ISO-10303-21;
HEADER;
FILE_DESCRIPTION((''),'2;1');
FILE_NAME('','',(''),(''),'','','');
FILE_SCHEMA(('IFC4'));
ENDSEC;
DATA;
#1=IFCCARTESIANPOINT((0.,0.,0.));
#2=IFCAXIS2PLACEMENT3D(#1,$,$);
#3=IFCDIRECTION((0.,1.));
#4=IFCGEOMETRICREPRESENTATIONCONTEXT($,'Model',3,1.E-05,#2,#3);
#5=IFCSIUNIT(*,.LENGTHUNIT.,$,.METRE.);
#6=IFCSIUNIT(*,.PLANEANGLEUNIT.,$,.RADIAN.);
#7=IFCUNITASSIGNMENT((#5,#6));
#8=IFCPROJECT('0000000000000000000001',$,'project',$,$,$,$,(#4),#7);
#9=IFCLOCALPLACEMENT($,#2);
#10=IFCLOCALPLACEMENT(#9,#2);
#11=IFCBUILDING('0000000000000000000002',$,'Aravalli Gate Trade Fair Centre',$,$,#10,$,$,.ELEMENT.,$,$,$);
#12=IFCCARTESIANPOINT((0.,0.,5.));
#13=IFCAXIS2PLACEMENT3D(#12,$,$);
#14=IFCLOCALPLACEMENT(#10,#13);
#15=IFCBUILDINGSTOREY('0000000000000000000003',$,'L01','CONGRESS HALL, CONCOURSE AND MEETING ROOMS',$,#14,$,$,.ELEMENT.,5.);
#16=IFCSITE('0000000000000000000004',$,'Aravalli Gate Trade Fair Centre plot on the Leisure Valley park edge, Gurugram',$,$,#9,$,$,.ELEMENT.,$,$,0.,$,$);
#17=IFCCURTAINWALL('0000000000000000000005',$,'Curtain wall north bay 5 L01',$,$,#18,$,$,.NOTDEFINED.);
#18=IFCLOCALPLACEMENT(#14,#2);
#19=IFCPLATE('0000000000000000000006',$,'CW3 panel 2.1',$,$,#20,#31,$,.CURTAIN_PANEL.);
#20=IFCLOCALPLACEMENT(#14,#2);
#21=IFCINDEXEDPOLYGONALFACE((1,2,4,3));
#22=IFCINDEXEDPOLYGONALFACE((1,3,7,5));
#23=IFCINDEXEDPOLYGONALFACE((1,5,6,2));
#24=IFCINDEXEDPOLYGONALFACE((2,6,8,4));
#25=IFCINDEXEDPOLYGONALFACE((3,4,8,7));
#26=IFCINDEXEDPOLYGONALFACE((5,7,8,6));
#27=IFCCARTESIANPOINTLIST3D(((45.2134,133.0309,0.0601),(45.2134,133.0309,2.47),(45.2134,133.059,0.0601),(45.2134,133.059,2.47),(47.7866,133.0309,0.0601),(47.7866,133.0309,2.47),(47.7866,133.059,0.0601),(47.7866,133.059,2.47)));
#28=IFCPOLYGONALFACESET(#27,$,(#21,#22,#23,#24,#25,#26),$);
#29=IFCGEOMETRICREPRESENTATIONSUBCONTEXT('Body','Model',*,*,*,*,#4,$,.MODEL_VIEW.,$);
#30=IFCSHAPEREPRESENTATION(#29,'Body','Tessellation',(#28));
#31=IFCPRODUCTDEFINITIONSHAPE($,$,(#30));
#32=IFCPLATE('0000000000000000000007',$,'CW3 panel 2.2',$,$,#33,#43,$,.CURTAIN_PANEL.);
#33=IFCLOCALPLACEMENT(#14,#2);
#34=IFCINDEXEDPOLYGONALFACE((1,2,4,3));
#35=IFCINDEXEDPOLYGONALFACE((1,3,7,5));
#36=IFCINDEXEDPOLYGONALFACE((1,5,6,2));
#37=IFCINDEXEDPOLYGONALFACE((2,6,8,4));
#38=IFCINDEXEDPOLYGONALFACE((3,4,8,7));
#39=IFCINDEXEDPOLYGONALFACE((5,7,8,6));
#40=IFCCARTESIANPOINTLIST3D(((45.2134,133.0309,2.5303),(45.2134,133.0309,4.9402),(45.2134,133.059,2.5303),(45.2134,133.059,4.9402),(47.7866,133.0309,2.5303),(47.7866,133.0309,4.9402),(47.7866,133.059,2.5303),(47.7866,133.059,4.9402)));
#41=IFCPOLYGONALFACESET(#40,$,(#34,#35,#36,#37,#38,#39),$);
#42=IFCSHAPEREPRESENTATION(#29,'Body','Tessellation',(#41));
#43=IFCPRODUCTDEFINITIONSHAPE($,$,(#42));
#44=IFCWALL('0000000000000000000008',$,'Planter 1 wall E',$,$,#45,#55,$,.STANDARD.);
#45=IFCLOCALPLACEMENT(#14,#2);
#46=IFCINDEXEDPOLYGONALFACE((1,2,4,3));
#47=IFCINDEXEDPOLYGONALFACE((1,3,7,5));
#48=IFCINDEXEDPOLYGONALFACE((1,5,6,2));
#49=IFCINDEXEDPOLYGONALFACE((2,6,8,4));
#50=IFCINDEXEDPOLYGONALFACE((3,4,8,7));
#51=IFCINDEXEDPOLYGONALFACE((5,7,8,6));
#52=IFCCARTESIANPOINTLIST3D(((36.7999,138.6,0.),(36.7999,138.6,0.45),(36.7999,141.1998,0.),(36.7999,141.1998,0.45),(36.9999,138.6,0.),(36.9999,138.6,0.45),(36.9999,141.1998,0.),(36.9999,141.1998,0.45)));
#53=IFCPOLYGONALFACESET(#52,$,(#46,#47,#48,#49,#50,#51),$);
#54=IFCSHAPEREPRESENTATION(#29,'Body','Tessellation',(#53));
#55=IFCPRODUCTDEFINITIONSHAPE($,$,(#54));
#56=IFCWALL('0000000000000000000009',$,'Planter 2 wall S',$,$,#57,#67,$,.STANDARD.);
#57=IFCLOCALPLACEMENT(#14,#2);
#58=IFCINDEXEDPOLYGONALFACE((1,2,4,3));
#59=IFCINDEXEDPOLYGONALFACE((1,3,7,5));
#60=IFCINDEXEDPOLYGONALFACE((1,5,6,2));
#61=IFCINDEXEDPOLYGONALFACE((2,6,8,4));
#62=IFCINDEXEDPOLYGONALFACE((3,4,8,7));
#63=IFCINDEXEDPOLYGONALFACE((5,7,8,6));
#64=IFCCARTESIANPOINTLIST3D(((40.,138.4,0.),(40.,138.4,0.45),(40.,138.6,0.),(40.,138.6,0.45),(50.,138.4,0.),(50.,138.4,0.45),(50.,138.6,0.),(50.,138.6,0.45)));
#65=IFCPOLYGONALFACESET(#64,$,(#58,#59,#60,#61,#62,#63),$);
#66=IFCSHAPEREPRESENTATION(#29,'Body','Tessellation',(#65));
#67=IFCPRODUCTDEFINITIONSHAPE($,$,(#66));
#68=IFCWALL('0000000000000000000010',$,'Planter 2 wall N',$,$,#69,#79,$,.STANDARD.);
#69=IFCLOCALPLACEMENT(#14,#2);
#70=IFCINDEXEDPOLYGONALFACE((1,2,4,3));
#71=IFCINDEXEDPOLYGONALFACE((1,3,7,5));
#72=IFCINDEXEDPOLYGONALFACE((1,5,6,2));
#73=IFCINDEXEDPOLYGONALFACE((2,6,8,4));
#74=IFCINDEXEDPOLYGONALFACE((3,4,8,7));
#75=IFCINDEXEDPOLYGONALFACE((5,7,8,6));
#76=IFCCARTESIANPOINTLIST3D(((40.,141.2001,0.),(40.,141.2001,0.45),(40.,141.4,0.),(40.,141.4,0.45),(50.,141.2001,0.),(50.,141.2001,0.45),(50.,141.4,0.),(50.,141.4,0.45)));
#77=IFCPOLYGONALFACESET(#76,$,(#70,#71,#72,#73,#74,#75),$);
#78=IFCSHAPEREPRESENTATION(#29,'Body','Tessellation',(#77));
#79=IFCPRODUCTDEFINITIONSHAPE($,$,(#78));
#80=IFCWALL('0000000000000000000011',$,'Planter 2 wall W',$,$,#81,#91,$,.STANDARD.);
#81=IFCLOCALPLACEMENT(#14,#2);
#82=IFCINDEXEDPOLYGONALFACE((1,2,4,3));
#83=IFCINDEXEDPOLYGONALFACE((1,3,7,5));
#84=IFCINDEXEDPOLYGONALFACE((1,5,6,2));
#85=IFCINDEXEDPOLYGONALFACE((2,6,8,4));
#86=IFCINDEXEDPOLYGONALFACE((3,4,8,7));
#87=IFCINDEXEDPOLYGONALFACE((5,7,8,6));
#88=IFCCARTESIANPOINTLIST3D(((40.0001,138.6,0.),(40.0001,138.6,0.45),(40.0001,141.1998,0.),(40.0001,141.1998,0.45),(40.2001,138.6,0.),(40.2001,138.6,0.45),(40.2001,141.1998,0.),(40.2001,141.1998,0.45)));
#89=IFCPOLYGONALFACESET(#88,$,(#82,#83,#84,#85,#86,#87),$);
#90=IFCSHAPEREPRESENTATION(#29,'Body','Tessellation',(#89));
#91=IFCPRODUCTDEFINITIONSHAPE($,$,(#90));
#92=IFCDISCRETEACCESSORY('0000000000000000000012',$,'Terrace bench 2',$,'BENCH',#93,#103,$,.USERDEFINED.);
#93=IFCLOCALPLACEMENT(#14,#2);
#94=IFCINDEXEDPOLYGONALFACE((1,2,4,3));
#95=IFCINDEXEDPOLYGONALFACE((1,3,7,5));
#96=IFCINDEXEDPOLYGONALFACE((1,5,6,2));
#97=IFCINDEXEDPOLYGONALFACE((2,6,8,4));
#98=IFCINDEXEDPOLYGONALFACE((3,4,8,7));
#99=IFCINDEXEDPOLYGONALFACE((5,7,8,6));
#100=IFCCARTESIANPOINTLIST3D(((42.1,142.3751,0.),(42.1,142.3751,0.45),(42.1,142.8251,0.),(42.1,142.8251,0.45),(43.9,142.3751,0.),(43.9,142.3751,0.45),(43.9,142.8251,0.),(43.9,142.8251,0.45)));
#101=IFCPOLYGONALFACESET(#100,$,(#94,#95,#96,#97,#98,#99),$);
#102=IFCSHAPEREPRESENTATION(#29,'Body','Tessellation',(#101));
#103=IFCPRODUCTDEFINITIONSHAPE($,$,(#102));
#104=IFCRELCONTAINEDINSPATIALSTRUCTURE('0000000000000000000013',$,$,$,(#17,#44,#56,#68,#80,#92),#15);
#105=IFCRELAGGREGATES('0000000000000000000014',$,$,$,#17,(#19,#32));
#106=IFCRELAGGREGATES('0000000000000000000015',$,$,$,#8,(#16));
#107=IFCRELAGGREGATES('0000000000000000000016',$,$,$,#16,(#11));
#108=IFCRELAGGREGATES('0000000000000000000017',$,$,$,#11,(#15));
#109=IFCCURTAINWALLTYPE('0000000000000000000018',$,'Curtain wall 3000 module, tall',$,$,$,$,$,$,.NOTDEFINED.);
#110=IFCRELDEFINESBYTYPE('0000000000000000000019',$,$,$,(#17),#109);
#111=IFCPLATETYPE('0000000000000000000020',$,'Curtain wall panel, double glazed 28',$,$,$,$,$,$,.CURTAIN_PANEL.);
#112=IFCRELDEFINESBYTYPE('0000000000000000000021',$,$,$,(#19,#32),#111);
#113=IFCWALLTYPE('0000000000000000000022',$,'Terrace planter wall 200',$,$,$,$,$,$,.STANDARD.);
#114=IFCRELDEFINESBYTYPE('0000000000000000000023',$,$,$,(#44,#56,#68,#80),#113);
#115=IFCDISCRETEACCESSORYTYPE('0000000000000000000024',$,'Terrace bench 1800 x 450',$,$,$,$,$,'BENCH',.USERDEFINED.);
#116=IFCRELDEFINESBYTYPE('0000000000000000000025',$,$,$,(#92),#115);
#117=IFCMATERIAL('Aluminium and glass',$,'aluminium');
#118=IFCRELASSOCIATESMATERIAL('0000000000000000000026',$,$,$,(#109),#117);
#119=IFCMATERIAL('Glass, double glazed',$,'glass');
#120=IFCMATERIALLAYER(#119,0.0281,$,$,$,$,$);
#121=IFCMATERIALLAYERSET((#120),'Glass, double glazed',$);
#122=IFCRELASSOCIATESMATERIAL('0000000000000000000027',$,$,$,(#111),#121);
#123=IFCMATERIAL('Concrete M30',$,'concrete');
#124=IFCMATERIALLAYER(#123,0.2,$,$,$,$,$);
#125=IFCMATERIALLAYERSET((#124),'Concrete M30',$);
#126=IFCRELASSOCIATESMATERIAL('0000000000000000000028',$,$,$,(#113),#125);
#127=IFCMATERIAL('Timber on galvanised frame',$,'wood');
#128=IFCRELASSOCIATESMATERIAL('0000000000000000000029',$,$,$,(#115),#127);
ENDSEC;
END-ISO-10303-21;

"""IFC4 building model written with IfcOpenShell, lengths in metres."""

from ifc_helpers import new_model, si_unit, direction, frame, frame_2d, origin, origin_2d, place, context, subcontext, project, spatial, rectangle, extrude, material, layer, layer_set, type_object, element, aggregate, save


model = new_model("IFC4")

# Units and contexts
model_context = context("Model", 3, precision=1e-05, world=origin(), true_north=direction((0.0, 1.0)))
body_context = subcontext(model_context, "Body", "Model", "MODEL_VIEW")
ifc_project = project(units=[si_unit("LENGTHUNIT", "METRE"), si_unit("PLANEANGLEUNIT", "RADIAN")], contexts=[model_context])

# Site, building, storey
site_placement = place(None, origin())
site = spatial("IfcSite", under=ifc_project, at=site_placement, Name="Aravalli Gate Trade Fair Centre plot on the Leisure Valley park edge, Gurugram", CompositionType="ELEMENT", RefElevation=0.0)
building_placement = place(site_placement, origin())
building = spatial("IfcBuilding", under=site, at=building_placement, Name="Aravalli Gate Trade Fair Centre", CompositionType="ELEMENT")
storey_placement = place(building_placement, frame((0.0, 0.0, 5.0)))
storey = spatial("IfcBuildingStorey", under=building, at=storey_placement, Name="L01", Description="CONGRESS HALL, CONCOURSE AND MEETING ROOMS", CompositionType="ELEMENT", Elevation=5.0)

# Curtain wall
ifc_material_1 = material(Name="Aluminium and glass", Category="aluminium")
curtain_wall_type = type_object("IfcCurtainWallType", Name="Curtain wall 3000 module, tall", PredefinedType="NOTDEFINED", material=ifc_material_1)
curtain_wall_1_placement = place(storey_placement, origin())
curtain_wall_1 = element("IfcCurtainWall", 1, at=curtain_wall_1_placement, inside=storey, type_object=curtain_wall_type, Name="Curtain wall north bay 5 L01", PredefinedType="NOTDEFINED")

# Plates
ifc_material_2 = material(Name="Glass, double glazed", Category="glass")
ifc_layer_1 = layer(ifc_material_2, 0.0281)
ifc_layer_set_1 = layer_set([ifc_layer_1], Name="Glass, double glazed")
plate_type = type_object("IfcPlateType", Name="Curtain wall panel, double glazed 28", PredefinedType="CURTAIN_PANEL", material=ifc_layer_set_1)
plate_1_placement = place(storey_placement, frame((46.5, 133.0449, 0.0601), z_axis=(0.0, 0.0, 1.0), x_axis=(1.0, 0.0, 0.0)))
plate_1 = element("IfcPlate", 2, at=plate_1_placement, type_object=plate_type, Name="CW3 panel 2.1", PredefinedType="CURTAIN_PANEL", context=body_context, shape_type="SweptSolid", body=[
    extrude(rectangle(XDim=2.5732, YDim=0.0281, at=origin_2d()), origin(), (0.0, 0.0, 1.0), 2.4099),
])
plate_2_placement = place(storey_placement, frame((46.5, 133.0449, 2.5303), z_axis=(0.0, 0.0, 1.0), x_axis=(1.0, 0.0, 0.0)))
plate_2 = element("IfcPlate", 3, at=plate_2_placement, type_object=plate_type, Name="CW3 panel 2.2", PredefinedType="CURTAIN_PANEL", context=body_context, shape_type="SweptSolid", body=[
    extrude(rectangle(XDim=2.5732, YDim=0.0281, at=origin_2d()), origin(), (0.0, 0.0, 1.0), 2.4099),
])
aggregate(curtain_wall_1, [plate_1, plate_2])

# Walls
ifc_material_3 = material(Name="Concrete M30", Category="concrete")
ifc_layer_2 = layer(ifc_material_3, 0.2)
ifc_layer_set_2 = layer_set([ifc_layer_2], Name="Concrete M30")
wall_type = type_object("IfcWallType", Name="Terrace planter wall 200", PredefinedType="STANDARD", material=ifc_layer_set_2)
wall_1_placement = place(storey_placement, frame((36.8999, 138.6001, 0.0), z_axis=(0.0, 0.0, 1.0), x_axis=(0.0, 1.0, 0.0)))
element("IfcWall", 4, at=wall_1_placement, inside=storey, type_object=wall_type, Name="Planter 1 wall E", PredefinedType="STANDARD", context=body_context, shape_type="SweptSolid", body=[
    extrude(rectangle(XDim=2.5999, YDim=0.2, at=frame_2d((1.2998, 0.0))), origin(), (0.0, 0.0, 1.0), 0.45),
])
for number, where, z_axis, x_axis, name in (
    (5, (40.0, 138.5, 0.0), (0.0, 0.0, 1.0), (1.0, 0.0, 0.0), "Planter 2 wall S"),
    (6, (40.0, 141.3, 0.0), (0.0, 0.0, 1.0), (1.0, 0.0, 0.0), "Planter 2 wall N"),
):
    element("IfcWall", number, at=place(storey_placement, frame(where, z_axis=z_axis, x_axis=x_axis)), inside=storey, type_object=wall_type, Name=name, PredefinedType="STANDARD", context=body_context, shape_type="SweptSolid", body=[
        extrude(rectangle(XDim=10.0, YDim=0.2, at=frame_2d((5.0, 0.0))), origin(), (0.0, 0.0, 1.0), 0.45),
    ])
wall_2_placement = place(storey_placement, frame((40.1001, 138.6001, 0.0), z_axis=(0.0, 0.0, 1.0), x_axis=(0.0, 1.0, 0.0)))
element("IfcWall", 7, at=wall_2_placement, inside=storey, type_object=wall_type, Name="Planter 2 wall W", PredefinedType="STANDARD", context=body_context, shape_type="SweptSolid", body=[
    extrude(rectangle(XDim=2.5999, YDim=0.2, at=frame_2d((1.2998, 0.0))), origin(), (0.0, 0.0, 1.0), 0.45),
])

# Discrete accessory
ifc_material_4 = material(Name="Timber on galvanised frame", Category="wood")
discrete_accessory_type = type_object("IfcDiscreteAccessoryType", Name="Terrace bench 1800 x 450", ElementType="BENCH", PredefinedType="USERDEFINED", material=ifc_material_4)
discrete_accessory_placement = place(storey_placement, frame((43.0, 142.6001, 0.0), z_axis=(0.0, 0.0, 1.0), x_axis=(1.0, 0.0, 0.0)))
element("IfcDiscreteAccessory", 8, at=discrete_accessory_placement, inside=storey, type_object=discrete_accessory_type, Name="Terrace bench 2", ObjectType="BENCH", PredefinedType="USERDEFINED", context=body_context, shape_type="SweptSolid", body=[
    extrude(rectangle(XDim=1.8, YDim=0.45, at=origin_2d()), origin(), (0.0, 0.0, 1.0), 0.45),
])

save(model, "model.ifc")
